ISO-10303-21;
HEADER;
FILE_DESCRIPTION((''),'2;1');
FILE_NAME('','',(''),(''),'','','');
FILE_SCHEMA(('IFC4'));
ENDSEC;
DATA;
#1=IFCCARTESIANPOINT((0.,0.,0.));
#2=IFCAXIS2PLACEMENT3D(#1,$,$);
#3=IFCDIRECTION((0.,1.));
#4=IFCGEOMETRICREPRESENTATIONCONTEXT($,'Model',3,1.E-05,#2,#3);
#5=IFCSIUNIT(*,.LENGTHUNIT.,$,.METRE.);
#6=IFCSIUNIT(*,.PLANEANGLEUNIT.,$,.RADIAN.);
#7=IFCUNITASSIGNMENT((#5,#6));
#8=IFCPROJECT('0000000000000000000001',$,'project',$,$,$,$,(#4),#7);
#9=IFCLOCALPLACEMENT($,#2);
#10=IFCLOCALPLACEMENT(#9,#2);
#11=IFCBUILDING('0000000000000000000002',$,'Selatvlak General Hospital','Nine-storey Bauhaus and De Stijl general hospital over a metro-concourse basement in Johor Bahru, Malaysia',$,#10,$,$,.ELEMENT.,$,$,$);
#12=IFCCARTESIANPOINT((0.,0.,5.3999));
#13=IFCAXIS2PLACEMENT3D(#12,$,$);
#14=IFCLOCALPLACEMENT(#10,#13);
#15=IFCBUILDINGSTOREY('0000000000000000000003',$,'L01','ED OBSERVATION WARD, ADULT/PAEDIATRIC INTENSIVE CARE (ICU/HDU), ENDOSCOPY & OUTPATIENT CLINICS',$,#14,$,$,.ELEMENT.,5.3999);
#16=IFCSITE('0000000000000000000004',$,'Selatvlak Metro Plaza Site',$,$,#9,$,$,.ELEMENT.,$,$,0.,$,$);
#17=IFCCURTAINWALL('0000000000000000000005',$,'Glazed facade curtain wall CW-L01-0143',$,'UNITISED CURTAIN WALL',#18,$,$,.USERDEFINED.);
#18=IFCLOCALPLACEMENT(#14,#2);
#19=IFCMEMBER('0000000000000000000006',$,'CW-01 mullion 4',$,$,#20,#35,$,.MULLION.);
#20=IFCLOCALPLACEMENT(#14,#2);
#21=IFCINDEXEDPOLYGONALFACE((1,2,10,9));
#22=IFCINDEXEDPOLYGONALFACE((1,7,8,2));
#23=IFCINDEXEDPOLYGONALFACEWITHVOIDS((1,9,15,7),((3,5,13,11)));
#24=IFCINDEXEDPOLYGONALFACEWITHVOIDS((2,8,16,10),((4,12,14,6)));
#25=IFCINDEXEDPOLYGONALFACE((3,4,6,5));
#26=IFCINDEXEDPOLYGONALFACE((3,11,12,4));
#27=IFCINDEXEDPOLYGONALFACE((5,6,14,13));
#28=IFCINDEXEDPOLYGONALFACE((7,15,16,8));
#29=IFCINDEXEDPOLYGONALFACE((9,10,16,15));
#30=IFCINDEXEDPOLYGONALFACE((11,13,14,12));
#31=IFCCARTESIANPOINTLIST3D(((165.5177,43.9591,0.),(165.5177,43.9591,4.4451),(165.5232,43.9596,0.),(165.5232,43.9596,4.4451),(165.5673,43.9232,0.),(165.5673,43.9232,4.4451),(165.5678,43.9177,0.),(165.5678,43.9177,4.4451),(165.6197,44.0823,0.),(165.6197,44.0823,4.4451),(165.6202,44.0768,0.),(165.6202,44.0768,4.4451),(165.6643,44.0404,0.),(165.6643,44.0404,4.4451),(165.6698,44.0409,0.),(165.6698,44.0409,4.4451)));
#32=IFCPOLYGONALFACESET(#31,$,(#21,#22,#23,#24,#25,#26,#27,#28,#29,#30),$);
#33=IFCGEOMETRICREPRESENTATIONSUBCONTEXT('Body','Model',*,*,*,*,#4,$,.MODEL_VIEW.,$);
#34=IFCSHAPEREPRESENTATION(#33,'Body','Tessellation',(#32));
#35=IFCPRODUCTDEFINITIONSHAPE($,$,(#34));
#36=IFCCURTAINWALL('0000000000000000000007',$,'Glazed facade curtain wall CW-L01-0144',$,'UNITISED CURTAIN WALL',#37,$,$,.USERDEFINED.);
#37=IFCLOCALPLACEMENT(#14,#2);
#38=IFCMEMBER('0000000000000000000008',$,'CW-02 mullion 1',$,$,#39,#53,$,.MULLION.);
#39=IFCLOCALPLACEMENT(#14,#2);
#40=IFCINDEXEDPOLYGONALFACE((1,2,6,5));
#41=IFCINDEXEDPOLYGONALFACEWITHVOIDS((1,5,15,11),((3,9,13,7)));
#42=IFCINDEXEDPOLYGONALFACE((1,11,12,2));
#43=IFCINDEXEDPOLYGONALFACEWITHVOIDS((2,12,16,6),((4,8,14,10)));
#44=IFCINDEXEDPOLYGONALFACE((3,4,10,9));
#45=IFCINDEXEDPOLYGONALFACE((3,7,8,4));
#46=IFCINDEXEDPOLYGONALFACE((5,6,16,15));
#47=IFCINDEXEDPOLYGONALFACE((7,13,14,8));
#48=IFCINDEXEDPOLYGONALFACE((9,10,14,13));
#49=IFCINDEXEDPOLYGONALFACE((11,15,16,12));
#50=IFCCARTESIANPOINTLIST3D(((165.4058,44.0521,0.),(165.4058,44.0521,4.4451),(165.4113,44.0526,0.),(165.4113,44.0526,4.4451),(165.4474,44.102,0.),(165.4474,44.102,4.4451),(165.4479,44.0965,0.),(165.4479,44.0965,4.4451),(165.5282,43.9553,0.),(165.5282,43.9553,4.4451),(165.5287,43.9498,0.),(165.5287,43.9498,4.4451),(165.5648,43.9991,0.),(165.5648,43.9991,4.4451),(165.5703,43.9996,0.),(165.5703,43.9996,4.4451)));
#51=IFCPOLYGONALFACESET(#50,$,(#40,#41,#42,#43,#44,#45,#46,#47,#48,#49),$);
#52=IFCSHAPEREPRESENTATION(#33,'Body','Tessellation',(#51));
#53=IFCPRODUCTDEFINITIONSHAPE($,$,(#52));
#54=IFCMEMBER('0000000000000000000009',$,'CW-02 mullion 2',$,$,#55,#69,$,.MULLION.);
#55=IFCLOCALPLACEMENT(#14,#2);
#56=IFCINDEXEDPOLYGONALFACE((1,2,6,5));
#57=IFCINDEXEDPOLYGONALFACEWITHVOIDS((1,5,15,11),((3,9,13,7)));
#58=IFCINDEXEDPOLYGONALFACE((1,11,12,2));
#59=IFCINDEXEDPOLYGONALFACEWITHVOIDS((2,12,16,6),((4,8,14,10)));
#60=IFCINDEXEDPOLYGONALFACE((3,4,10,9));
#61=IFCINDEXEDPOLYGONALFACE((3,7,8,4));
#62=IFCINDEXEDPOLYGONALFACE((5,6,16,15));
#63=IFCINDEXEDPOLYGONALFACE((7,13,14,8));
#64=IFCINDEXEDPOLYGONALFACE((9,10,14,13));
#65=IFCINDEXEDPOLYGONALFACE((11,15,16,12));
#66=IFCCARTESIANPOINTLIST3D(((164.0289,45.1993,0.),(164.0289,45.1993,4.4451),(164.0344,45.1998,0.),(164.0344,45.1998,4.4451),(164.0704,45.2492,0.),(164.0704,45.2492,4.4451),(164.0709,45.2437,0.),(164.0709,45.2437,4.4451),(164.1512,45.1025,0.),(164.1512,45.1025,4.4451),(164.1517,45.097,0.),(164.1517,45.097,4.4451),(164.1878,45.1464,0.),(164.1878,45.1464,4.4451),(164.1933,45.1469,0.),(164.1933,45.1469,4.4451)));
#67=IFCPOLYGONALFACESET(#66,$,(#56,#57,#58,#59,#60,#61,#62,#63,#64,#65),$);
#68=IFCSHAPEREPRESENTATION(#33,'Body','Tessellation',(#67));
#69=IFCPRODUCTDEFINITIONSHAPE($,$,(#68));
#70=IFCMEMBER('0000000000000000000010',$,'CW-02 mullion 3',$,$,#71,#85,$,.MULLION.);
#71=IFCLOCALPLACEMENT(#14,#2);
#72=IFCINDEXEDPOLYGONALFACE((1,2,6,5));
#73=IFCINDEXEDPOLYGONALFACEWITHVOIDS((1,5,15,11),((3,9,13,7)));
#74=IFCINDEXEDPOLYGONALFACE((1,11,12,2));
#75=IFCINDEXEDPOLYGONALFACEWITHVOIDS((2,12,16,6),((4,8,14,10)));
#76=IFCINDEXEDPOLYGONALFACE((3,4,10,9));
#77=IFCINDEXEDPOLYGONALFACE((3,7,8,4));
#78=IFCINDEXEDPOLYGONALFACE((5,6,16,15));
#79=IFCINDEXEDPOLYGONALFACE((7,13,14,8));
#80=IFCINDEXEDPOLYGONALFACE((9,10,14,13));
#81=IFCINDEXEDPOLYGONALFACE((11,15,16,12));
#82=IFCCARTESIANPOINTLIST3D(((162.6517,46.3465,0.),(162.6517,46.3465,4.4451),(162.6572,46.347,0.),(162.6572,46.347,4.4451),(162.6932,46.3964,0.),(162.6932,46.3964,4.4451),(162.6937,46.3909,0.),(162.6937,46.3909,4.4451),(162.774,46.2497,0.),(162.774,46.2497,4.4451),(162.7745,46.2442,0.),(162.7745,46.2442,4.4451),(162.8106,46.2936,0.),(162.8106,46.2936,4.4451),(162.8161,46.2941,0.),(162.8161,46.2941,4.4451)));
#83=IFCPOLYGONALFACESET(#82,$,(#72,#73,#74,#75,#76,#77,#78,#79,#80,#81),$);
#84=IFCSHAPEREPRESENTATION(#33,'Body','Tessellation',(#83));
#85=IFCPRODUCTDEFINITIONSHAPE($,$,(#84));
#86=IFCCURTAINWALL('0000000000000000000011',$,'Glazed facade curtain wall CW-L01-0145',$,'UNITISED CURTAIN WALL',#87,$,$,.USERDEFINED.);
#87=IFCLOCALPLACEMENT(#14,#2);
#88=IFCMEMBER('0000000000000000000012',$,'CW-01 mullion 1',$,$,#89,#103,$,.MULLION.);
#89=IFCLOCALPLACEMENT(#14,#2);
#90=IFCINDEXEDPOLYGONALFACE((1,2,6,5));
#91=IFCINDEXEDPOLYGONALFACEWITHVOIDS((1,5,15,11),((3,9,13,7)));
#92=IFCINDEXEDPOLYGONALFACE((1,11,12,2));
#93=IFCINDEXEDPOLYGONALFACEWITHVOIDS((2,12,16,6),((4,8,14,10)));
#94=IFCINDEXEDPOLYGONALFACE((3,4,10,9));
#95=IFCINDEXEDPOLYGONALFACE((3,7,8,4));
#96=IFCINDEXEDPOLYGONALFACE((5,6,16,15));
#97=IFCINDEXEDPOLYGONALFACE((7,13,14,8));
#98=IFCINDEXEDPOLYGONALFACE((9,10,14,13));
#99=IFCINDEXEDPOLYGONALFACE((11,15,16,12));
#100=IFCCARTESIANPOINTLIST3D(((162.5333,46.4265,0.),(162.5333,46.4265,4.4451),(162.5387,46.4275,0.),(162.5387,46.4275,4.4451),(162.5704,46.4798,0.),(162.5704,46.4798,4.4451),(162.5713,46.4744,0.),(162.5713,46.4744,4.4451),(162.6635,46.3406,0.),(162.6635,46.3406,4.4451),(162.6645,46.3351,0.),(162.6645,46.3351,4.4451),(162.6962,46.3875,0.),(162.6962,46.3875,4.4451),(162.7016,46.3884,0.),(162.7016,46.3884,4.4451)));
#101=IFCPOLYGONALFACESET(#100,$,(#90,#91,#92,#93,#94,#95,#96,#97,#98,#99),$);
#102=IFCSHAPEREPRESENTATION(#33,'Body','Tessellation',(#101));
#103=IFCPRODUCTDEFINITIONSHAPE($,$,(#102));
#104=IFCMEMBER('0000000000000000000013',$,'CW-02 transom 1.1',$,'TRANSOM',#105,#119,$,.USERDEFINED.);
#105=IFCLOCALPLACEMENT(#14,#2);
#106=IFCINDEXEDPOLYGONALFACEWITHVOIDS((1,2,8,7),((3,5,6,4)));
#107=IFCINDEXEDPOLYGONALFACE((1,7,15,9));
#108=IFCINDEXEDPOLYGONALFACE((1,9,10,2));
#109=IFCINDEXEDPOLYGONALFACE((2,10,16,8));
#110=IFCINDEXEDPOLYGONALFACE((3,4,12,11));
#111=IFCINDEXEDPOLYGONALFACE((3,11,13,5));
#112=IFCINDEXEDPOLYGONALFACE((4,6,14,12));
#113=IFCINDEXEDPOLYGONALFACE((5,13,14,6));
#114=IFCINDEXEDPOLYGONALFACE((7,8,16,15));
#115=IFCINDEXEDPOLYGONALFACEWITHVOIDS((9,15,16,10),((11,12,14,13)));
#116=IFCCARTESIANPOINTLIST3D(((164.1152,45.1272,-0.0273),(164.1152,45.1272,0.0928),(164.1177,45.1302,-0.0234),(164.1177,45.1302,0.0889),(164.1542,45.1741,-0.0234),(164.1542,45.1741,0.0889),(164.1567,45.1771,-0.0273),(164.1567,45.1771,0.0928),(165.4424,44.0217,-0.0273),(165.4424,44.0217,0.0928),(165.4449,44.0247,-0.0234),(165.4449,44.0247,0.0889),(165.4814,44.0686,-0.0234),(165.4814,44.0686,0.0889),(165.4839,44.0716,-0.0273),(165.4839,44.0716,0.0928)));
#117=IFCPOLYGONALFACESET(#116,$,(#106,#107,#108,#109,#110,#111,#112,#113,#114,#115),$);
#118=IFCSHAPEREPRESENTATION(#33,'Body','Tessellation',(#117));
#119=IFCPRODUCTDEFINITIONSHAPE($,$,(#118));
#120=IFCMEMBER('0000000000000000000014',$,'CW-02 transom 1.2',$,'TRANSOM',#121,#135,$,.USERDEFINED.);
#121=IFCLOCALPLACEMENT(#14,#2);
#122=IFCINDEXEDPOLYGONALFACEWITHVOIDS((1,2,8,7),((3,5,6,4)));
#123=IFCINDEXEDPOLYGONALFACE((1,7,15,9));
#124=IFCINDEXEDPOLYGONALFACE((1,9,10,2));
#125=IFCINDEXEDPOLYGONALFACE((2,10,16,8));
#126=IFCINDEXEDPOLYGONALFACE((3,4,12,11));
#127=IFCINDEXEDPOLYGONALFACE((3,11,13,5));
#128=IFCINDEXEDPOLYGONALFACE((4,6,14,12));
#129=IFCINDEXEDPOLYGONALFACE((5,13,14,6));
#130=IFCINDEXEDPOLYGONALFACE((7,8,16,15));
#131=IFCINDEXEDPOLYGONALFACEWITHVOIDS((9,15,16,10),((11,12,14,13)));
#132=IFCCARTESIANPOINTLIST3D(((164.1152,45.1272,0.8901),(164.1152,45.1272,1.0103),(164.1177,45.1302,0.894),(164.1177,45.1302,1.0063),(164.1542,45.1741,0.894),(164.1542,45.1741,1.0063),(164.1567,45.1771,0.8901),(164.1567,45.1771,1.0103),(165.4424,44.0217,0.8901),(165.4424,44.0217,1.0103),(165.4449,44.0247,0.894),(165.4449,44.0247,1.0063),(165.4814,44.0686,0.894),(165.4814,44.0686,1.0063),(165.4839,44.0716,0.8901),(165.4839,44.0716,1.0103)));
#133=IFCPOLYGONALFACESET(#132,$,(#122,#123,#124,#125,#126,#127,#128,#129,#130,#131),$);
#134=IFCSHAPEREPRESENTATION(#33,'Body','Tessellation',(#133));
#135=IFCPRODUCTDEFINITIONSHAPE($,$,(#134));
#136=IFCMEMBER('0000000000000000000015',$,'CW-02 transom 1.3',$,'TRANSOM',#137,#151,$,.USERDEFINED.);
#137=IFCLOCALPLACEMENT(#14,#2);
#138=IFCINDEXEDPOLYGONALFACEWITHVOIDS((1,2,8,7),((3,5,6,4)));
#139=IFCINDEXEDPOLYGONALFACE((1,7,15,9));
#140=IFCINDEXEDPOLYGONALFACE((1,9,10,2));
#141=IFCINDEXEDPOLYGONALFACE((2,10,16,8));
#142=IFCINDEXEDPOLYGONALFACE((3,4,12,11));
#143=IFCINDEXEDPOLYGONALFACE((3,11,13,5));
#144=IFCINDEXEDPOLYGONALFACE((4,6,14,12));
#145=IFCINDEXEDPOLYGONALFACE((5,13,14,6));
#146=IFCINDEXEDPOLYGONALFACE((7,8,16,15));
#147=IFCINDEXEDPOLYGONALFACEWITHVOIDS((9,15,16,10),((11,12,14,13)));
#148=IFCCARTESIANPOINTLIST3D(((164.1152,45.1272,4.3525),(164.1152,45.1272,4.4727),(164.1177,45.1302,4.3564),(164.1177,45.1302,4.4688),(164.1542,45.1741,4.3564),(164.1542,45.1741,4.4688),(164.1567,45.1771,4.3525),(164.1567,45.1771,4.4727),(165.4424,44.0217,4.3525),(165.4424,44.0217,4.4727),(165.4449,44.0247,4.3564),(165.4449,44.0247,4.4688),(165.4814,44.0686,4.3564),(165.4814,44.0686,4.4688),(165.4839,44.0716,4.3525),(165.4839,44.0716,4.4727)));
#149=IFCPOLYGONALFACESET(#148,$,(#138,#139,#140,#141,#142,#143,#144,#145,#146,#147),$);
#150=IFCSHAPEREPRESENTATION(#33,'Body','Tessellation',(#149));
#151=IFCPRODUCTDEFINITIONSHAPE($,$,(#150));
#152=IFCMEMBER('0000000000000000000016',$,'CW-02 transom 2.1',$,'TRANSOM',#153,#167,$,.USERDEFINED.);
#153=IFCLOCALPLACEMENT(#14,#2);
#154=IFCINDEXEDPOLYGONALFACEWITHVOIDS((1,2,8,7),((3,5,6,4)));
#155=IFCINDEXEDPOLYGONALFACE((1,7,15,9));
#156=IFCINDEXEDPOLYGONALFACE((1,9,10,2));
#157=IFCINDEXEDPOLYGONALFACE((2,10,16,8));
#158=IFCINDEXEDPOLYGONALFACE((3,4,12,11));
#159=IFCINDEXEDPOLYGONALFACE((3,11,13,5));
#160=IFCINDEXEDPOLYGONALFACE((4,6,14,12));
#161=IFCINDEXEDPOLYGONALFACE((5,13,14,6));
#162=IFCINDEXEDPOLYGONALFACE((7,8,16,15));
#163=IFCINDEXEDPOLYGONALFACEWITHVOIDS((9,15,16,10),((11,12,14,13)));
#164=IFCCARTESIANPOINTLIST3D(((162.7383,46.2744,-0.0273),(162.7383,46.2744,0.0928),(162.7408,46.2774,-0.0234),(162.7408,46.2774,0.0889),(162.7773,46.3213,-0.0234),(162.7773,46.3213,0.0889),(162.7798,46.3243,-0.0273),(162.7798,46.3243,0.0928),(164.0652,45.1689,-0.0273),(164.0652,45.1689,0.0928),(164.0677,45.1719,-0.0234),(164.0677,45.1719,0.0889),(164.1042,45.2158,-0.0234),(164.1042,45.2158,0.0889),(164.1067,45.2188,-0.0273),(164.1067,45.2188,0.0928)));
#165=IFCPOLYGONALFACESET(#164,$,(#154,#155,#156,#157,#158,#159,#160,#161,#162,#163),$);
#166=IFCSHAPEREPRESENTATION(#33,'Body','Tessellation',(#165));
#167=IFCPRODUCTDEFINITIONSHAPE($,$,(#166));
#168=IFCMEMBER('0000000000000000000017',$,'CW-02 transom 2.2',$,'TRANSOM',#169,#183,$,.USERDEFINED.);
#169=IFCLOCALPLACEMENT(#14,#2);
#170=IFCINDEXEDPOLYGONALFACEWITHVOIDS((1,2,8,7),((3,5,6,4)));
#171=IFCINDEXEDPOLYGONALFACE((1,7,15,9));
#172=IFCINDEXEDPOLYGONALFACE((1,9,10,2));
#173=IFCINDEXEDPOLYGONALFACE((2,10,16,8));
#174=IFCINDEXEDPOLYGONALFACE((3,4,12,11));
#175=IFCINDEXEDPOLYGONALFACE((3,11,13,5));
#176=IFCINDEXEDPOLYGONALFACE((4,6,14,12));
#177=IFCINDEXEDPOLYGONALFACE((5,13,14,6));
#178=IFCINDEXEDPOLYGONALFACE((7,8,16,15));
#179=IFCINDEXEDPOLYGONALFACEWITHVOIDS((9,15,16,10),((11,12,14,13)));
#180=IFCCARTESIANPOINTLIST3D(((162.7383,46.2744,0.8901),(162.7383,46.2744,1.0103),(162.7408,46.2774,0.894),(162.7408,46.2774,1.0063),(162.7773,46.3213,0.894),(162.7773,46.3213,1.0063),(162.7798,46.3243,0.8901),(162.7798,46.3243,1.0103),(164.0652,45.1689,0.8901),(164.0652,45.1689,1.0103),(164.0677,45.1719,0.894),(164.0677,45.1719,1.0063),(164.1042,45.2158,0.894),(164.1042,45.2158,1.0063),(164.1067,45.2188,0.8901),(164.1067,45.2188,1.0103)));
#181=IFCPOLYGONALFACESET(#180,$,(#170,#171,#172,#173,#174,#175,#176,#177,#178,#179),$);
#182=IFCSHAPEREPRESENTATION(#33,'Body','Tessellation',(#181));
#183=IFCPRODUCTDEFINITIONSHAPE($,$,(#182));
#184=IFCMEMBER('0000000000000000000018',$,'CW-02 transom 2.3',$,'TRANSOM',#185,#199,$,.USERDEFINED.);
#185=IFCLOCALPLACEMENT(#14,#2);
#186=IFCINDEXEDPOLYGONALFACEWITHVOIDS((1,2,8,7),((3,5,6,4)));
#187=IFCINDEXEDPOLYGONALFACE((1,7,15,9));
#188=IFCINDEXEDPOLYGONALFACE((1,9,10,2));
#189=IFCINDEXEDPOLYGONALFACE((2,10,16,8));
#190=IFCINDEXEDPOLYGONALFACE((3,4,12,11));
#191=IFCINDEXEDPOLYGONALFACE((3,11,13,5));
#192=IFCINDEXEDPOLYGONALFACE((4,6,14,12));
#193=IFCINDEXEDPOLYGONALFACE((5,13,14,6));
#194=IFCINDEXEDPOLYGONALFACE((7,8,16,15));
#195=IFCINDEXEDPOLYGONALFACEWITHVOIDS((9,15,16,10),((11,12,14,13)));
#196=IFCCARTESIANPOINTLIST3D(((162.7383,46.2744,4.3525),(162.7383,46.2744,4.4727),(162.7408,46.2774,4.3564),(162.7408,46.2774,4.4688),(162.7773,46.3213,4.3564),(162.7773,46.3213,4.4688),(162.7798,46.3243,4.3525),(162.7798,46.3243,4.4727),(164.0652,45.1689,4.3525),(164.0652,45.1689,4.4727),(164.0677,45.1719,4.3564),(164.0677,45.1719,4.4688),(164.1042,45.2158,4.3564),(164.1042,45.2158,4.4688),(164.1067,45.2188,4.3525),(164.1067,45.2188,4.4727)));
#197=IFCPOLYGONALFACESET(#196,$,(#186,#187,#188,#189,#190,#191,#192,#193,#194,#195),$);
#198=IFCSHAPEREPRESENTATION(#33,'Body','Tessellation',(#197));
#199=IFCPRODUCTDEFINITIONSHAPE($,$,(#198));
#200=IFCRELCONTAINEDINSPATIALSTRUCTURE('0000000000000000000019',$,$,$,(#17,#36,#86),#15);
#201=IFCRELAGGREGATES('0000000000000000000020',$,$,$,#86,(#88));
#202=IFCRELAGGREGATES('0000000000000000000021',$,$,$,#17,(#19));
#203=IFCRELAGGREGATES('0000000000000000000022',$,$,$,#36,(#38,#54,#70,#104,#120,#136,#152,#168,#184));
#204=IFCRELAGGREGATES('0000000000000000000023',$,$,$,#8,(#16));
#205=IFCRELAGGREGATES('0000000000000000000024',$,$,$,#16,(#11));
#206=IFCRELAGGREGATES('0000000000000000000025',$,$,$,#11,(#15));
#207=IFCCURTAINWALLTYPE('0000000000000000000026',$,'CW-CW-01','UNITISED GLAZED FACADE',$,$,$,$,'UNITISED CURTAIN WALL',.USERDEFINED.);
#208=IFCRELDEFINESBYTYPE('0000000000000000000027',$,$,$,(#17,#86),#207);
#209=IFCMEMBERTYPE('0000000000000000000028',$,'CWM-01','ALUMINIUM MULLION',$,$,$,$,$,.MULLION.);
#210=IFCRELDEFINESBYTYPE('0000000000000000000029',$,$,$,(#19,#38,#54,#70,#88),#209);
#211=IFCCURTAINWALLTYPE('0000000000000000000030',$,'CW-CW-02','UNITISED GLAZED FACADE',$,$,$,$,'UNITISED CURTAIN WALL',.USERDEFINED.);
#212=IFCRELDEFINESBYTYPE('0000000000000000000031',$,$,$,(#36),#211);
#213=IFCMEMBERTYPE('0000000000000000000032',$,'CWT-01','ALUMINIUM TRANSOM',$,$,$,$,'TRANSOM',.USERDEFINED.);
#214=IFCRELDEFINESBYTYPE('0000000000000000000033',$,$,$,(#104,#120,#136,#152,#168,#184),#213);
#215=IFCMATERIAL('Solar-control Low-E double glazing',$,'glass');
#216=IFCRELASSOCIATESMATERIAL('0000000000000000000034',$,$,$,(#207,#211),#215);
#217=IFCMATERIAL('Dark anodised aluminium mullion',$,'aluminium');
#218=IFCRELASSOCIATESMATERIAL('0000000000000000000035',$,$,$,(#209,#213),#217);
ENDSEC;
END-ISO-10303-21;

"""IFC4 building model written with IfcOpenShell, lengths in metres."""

from ifc_helpers import new_model, si_unit, direction, frame, origin, origin_2d, place, context, subcontext, project, spatial, hollow_rectangle, extrude, material, material_profile, profile_set, type_object, element, aggregate, save


model = new_model("IFC4")

# Units and contexts
model_context = context("Model", 3, precision=1e-05, world=origin(), true_north=direction((0.0, 1.0)))
body_context = subcontext(model_context, "Body", "Model", "MODEL_VIEW")
ifc_project = project(units=[si_unit("LENGTHUNIT", "METRE"), si_unit("PLANEANGLEUNIT", "RADIAN")], contexts=[model_context])

# Site, building, storey
site_placement = place(None, origin())
site = spatial("IfcSite", under=ifc_project, at=site_placement, Name="Selatvlak Metro Plaza Site", CompositionType="ELEMENT", RefElevation=0.0)
building_placement = place(site_placement, origin())
building = spatial("IfcBuilding", under=site, at=building_placement, Name="Selatvlak General Hospital", Description="Nine-storey Bauhaus and De Stijl general hospital over a metro-concourse basement in Johor Bahru, Malaysia", CompositionType="ELEMENT")
storey_placement = place(building_placement, frame((0.0, 0.0, 5.3999)))
storey = spatial("IfcBuildingStorey", under=building, at=storey_placement, Name="L01", Description="ED OBSERVATION WARD, ADULT/PAEDIATRIC INTENSIVE CARE (ICU/HDU), ENDOSCOPY & OUTPATIENT CLINICS", CompositionType="ELEMENT", Elevation=5.3999)

# Curtain wall, member
ifc_material_1 = material(Name="Solar-control Low-E double glazing", Category="glass")
curtain_wall_type_1 = type_object("IfcCurtainWallType", Name="CW-CW-01", Description="UNITISED GLAZED FACADE", ElementType="UNITISED CURTAIN WALL", PredefinedType="USERDEFINED", material=ifc_material_1)
curtain_wall_1_placement = place(storey_placement, origin())
curtain_wall_1 = element("IfcCurtainWall", 1, at=curtain_wall_1_placement, inside=storey, type_object=curtain_wall_type_1, Name="Glazed facade curtain wall CW-L01-0143", ObjectType="UNITISED CURTAIN WALL", PredefinedType="USERDEFINED")
ifc_material_2 = material(Name="Dark anodised aluminium mullion", Category="aluminium")
ifc_material_profile_1 = material_profile(ifc_material_2, hollow_rectangle(XDim=0.0649, YDim=0.1599, WallThickness=0.0039, at=origin_2d()), Name="AL-MUL 65x160x4")
ifc_profile_set_1 = profile_set([ifc_material_profile_1], Name="Dark anodised aluminium mullion")
member_type_1 = type_object("IfcMemberType", Name="CWM-01", Description="ALUMINIUM MULLION", PredefinedType="MULLION", material=ifc_profile_set_1)
member_1_placement = place(storey_placement, frame((165.5938, 44.0, 0.0), z_axis=(0.0, 0.0, 1.0), x_axis=(0.770256, -0.637735, 0.0)))
member_1 = element("IfcMember", 2, at=member_1_placement, type_object=member_type_1, Name="CW-01 mullion 4", PredefinedType="MULLION", context=body_context, shape_type="SweptSolid", body=[
    extrude(hollow_rectangle(XDim=0.0649, YDim=0.1599, WallThickness=0.0039, at=origin_2d()), origin(), (0.0, 0.0, 1.0), 4.4451),
])

# Curtain wall, members
curtain_wall_type_2 = type_object("IfcCurtainWallType", Name="CW-CW-02", Description="UNITISED GLAZED FACADE", ElementType="UNITISED CURTAIN WALL", PredefinedType="USERDEFINED", material=ifc_material_1)
curtain_wall_2_placement = place(storey_placement, origin())
curtain_wall_2 = element("IfcCurtainWall", 3, at=curtain_wall_2_placement, inside=storey, type_object=curtain_wall_type_2, Name="Glazed facade curtain wall CW-L01-0144", ObjectType="UNITISED CURTAIN WALL", PredefinedType="USERDEFINED")
member_2_placement = place(storey_placement, frame((165.488, 44.0259, 0.0), z_axis=(0.0, 0.0, 1.0), x_axis=(-0.640077, -0.768311, 0.0)))
member_2 = element("IfcMember", 4, at=member_2_placement, type_object=member_type_1, Name="CW-02 mullion 1", PredefinedType="MULLION", context=body_context, shape_type="SweptSolid", body=[
    extrude(hollow_rectangle(XDim=0.0649, YDim=0.1599, WallThickness=0.0039, at=origin_2d()), origin(), (0.0, 0.0, 1.0), 4.4451),
])
member_3_placement = place(storey_placement, frame((164.1111, 45.1731, 0.0), z_axis=(0.0, 0.0, 1.0), x_axis=(-0.640077, -0.768311, 0.0)))
member_3 = element("IfcMember", 5, at=member_3_placement, type_object=member_type_1, Name="CW-02 mullion 2", PredefinedType="MULLION", context=body_context, shape_type="SweptSolid", body=[
    extrude(hollow_rectangle(XDim=0.0649, YDim=0.1599, WallThickness=0.0039, at=origin_2d()), origin(), (0.0, 0.0, 1.0), 4.4451),
])
member_4_placement = place(storey_placement, frame((162.7339, 46.3203, 0.0), z_axis=(0.0, 0.0, 1.0), x_axis=(-0.640077, -0.768311, 0.0)))
member_4 = element("IfcMember", 6, at=member_4_placement, type_object=member_type_1, Name="CW-02 mullion 3", PredefinedType="MULLION", context=body_context, shape_type="SweptSolid", body=[
    extrude(hollow_rectangle(XDim=0.0649, YDim=0.1599, WallThickness=0.0039, at=origin_2d()), origin(), (0.0, 0.0, 1.0), 4.4451),
])

# Curtain wall, member
curtain_wall_3_placement = place(storey_placement, origin())
curtain_wall_3 = element("IfcCurtainWall", 7, at=curtain_wall_3_placement, inside=storey, type_object=curtain_wall_type_1, Name="Glazed facade curtain wall CW-L01-0145", ObjectType="UNITISED CURTAIN WALL", PredefinedType="USERDEFINED")
member_5_placement = place(storey_placement, frame((162.6174, 46.4075, 0.0), z_axis=(0.0, 0.0, 1.0), x_axis=(-0.571335, -0.820717, 0.0)))
member_5 = element("IfcMember", 8, at=member_5_placement, type_object=member_type_1, Name="CW-01 mullion 1", PredefinedType="MULLION", context=body_context, shape_type="SweptSolid", body=[
    extrude(hollow_rectangle(XDim=0.0649, YDim=0.1599, WallThickness=0.0039, at=origin_2d()), origin(), (0.0, 0.0, 1.0), 4.4451),
])

# Members
ifc_material_profile_2 = material_profile(ifc_material_2, hollow_rectangle(XDim=0.0649, YDim=0.1201, WallThickness=0.0039, at=origin_2d()), Name="AL-TRN 65x120x4")
ifc_profile_set_2 = profile_set([ifc_material_profile_2], Name="Dark anodised aluminium mullion")
member_type_2 = type_object("IfcMemberType", Name="CWT-01", Description="ALUMINIUM TRANSOM", ElementType="TRANSOM", PredefinedType="USERDEFINED", material=ifc_profile_set_2)
member_6_placement = place(storey_placement, frame((165.4631, 44.0466, 0.0327), z_axis=(-0.76836, 0.640018, 0.0), x_axis=(-0.640018, -0.76836, 0.0)))
member_6 = element("IfcMember", 9, at=member_6_placement, type_object=member_type_2, Name="CW-02 transom 1.1", ObjectType="TRANSOM", PredefinedType="USERDEFINED", context=body_context, shape_type="SweptSolid", body=[
    extrude(hollow_rectangle(XDim=0.0649, YDim=0.1201, WallThickness=0.0039, at=origin_2d()), origin(), (0.0, 0.0, 1.0), 1.7273),
])
member_7_placement = place(storey_placement, frame((165.4631, 44.0466, 0.9502), z_axis=(-0.76836, 0.640018, 0.0), x_axis=(-0.640018, -0.76836, 0.0)))
member_7 = element("IfcMember", 10, at=member_7_placement, type_object=member_type_2, Name="CW-02 transom 1.2", ObjectType="TRANSOM", PredefinedType="USERDEFINED", context=body_context, shape_type="SweptSolid", body=[
    extrude(hollow_rectangle(XDim=0.0649, YDim=0.1201, WallThickness=0.0039, at=origin_2d()), origin(), (0.0, 0.0, 1.0), 1.7273),
])
member_8_placement = place(storey_placement, frame((165.4631, 44.0466, 4.4126), z_axis=(-0.76836, 0.640018, 0.0), x_axis=(-0.640018, -0.76836, 0.0)))
member_8 = element("IfcMember", 11, at=member_8_placement, type_object=member_type_2, Name="CW-02 transom 1.3", ObjectType="TRANSOM", PredefinedType="USERDEFINED", context=body_context, shape_type="SweptSolid", body=[
    extrude(hollow_rectangle(XDim=0.0649, YDim=0.1201, WallThickness=0.0039, at=origin_2d()), origin(), (0.0, 0.0, 1.0), 1.7273),
])
member_9_placement = place(storey_placement, frame((164.0859, 45.1938, 0.0327), z_axis=(-0.768302, 0.640087, 0.0), x_axis=(-0.640087, -0.768302, 0.0)))
member_9 = element("IfcMember", 12, at=member_9_placement, type_object=member_type_2, Name="CW-02 transom 2.1", ObjectType="TRANSOM", PredefinedType="USERDEFINED", context=body_context, shape_type="SweptSolid", body=[
    extrude(hollow_rectangle(XDim=0.0649, YDim=0.1201, WallThickness=0.0039, at=origin_2d()), origin(), (0.0, 0.0, 1.0), 1.7271),
])
member_10_placement = place(storey_placement, frame((164.0859, 45.1938, 0.9502), z_axis=(-0.768302, 0.640087, 0.0), x_axis=(-0.640087, -0.768302, 0.0)))
member_10 = element("IfcMember", 13, at=member_10_placement, type_object=member_type_2, Name="CW-02 transom 2.2", ObjectType="TRANSOM", PredefinedType="USERDEFINED", context=body_context, shape_type="SweptSolid", body=[
    extrude(hollow_rectangle(XDim=0.0649, YDim=0.1201, WallThickness=0.0039, at=origin_2d()), origin(), (0.0, 0.0, 1.0), 1.7271),
])
member_11_placement = place(storey_placement, frame((164.0859, 45.1938, 4.4126), z_axis=(-0.768302, 0.640087, 0.0), x_axis=(-0.640087, -0.768302, 0.0)))
member_11 = element("IfcMember", 14, at=member_11_placement, type_object=member_type_2, Name="CW-02 transom 2.3", ObjectType="TRANSOM", PredefinedType="USERDEFINED", context=body_context, shape_type="SweptSolid", body=[
    extrude(hollow_rectangle(XDim=0.0649, YDim=0.1201, WallThickness=0.0039, at=origin_2d()), origin(), (0.0, 0.0, 1.0), 1.7271),
])
aggregate(curtain_wall_3, [member_5])

aggregate(curtain_wall_1, [member_1])
aggregate(curtain_wall_2, [member_2, member_3, member_4, member_6, member_7, member_8, member_9, member_10, member_11])

save(model, "model.ifc")
